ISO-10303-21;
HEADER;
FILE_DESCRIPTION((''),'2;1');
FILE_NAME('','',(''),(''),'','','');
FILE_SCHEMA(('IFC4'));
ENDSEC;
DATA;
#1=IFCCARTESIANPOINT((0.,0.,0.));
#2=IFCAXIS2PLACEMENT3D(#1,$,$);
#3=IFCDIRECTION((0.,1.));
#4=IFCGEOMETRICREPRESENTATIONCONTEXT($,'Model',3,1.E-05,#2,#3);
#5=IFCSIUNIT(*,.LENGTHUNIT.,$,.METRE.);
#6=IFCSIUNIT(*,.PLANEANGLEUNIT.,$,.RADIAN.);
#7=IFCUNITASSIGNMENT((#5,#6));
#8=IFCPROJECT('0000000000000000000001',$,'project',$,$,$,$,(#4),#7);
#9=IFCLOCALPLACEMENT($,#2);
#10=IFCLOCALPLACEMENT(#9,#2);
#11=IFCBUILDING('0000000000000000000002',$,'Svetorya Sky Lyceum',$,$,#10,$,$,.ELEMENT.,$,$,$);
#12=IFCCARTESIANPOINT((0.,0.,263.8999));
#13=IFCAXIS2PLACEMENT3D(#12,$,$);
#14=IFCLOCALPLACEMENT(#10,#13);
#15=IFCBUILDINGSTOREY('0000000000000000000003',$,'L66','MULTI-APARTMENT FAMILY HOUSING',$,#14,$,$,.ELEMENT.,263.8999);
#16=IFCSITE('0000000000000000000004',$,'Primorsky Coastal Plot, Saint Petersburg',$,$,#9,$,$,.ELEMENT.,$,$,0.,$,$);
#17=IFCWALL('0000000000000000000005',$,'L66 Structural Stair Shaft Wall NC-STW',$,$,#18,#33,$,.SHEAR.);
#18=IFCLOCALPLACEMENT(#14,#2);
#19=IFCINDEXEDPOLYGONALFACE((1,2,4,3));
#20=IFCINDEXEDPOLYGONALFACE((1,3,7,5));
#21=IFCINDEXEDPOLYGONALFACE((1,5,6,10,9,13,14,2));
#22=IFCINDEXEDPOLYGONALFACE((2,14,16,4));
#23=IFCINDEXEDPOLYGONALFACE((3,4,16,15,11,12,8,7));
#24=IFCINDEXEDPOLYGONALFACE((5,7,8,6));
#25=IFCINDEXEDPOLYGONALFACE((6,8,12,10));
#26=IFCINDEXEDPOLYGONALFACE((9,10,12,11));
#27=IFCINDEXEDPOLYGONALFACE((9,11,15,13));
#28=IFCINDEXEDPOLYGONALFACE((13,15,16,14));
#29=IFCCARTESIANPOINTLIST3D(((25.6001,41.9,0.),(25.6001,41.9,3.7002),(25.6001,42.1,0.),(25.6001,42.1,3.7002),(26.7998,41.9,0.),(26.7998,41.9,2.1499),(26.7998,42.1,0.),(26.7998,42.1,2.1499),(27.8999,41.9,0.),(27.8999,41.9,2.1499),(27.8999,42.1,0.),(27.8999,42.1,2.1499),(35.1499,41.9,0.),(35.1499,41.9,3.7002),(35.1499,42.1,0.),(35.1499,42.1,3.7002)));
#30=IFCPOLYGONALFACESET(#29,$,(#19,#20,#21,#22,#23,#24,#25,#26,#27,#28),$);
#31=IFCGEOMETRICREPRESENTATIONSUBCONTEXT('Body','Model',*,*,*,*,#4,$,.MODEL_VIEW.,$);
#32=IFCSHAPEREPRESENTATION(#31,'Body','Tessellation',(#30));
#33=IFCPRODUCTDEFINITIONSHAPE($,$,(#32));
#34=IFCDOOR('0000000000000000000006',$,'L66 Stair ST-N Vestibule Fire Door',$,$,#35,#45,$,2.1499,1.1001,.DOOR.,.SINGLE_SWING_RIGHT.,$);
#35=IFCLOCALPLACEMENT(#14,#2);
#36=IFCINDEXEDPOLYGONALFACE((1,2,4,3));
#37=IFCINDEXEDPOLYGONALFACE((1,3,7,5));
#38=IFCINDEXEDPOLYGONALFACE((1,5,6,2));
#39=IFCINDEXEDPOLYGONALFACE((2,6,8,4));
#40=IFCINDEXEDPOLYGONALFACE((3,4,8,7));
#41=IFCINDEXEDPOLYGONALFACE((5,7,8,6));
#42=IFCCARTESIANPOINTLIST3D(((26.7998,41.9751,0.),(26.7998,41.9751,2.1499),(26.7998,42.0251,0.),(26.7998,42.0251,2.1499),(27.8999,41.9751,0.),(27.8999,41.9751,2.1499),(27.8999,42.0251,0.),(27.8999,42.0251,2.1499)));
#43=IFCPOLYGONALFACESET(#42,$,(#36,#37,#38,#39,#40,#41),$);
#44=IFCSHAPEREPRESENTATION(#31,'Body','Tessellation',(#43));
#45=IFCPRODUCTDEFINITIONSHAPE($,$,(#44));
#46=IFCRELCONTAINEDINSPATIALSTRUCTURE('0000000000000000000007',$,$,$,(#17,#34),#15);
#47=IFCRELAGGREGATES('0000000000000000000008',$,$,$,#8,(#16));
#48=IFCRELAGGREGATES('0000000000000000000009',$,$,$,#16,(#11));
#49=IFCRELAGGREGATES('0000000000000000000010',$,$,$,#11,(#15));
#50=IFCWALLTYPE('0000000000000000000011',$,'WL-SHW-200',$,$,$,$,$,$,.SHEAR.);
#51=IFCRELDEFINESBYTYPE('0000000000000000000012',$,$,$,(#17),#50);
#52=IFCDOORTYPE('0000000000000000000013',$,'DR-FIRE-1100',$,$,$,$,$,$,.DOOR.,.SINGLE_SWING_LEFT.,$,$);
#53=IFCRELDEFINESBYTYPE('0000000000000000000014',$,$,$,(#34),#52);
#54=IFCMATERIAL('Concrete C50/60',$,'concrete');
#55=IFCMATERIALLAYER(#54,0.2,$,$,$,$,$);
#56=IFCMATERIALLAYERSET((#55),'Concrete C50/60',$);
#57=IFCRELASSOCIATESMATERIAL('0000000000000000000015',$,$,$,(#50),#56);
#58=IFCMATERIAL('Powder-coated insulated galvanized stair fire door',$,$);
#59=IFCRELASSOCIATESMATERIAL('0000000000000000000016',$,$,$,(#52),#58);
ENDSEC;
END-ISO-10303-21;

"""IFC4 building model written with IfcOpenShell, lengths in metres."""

from ifc_helpers import new_model, si_unit, direction, frame, frame_2d, origin, place, context, subcontext, project, spatial, rectangle, extrude, material, layer, layer_set, type_object, element, fill, save


model = new_model("IFC4")

# Units and contexts
model_context = context("Model", 3, precision=1e-05, world=origin(), true_north=direction((0.0, 1.0)))
body_context = subcontext(model_context, "Body", "Model", "MODEL_VIEW")
ifc_project = project(units=[si_unit("LENGTHUNIT", "METRE"), si_unit("PLANEANGLEUNIT", "RADIAN")], contexts=[model_context])

# Site, building, storey
site_placement = place(None, origin())
site = spatial("IfcSite", under=ifc_project, at=site_placement, Name="Primorsky Coastal Plot, Saint Petersburg", CompositionType="ELEMENT", RefElevation=0.0)
building_placement = place(site_placement, origin())
building = spatial("IfcBuilding", under=site, at=building_placement, Name="Svetorya Sky Lyceum", CompositionType="ELEMENT")
storey_placement = place(building_placement, frame((0.0, 0.0, 263.8999)))
storey = spatial("IfcBuildingStorey", under=building, at=storey_placement, Name="L66", Description="MULTI-APARTMENT FAMILY HOUSING", CompositionType="ELEMENT", Elevation=263.8999)

# Wall, opening, door
ifc_material_1 = material(Name="Concrete C50/60", Category="concrete")
ifc_layer_1 = layer(ifc_material_1, 0.2)
ifc_layer_set_1 = layer_set([ifc_layer_1], Name="Concrete C50/60")
wall_type_1 = type_object("IfcWallType", Name="WL-SHW-200", PredefinedType="SHEAR", material=ifc_layer_set_1)
wall_1_placement = place(storey_placement, frame((35.1499, 42.0, 0.0), z_axis=(0.0, 0.0, 1.0), x_axis=(-1.0, 0.0, 0.0)))
wall_1 = element("IfcWall", 1, at=wall_1_placement, inside=storey, type_object=wall_type_1, Name="L66 Structural Stair Shaft Wall NC-STW", PredefinedType="SHEAR", context=body_context, shape_type="SweptSolid", body=[
    extrude(rectangle(XDim=9.5498, YDim=0.2, at=frame_2d((4.7749, 0.0))), origin(), (0.0, 0.0, 1.0), 3.7002),
])
opening_1_placement = place(wall_1_placement, frame((7.25, 0.0, 0.0)))
opening_1 = element("IfcOpeningElement", 2, at=opening_1_placement, cuts=wall_1, PredefinedType="OPENING", context=body_context, shape_type="SweptSolid", body=[
    extrude(rectangle(XDim=1.1001, YDim=2.1499, at=frame_2d((0.55, 1.075))), frame((0.0, 0.1099, 0.0), z_axis=(0.0, -1.0, 0.0), x_axis=(1.0, 0.0, 0.0)), (0.0, 0.0, 1.0), 0.22),
])
ifc_material_2 = material(Name="Powder-coated insulated galvanized stair fire door")
door_type_1 = type_object("IfcDoorType", Name="DR-FIRE-1100", OperationType="SINGLE_SWING_LEFT", PredefinedType="DOOR", material=ifc_material_2)
door_1_placement = place(opening_1_placement, origin())
door_1 = element("IfcDoor", 3, at=door_1_placement, inside=storey, type_object=door_type_1, Name="L66 Stair ST-N Vestibule Fire Door", OperationType="SINGLE_SWING_RIGHT", OverallHeight=2.1499, OverallWidth=1.1001, PredefinedType="DOOR", context=body_context, shape_type="SweptSolid", body=[
    extrude(rectangle(XDim=1.1001, YDim=2.1499, at=frame_2d((0.55, 1.075))), frame((0.0, 0.0249, 0.0), z_axis=(0.0, -1.0, 0.0), x_axis=(1.0, 0.0, 0.0)), (0.0, 0.0, 1.0), 0.05),
])
fill(opening_1, door_1)

save(model, "model.ifc")
